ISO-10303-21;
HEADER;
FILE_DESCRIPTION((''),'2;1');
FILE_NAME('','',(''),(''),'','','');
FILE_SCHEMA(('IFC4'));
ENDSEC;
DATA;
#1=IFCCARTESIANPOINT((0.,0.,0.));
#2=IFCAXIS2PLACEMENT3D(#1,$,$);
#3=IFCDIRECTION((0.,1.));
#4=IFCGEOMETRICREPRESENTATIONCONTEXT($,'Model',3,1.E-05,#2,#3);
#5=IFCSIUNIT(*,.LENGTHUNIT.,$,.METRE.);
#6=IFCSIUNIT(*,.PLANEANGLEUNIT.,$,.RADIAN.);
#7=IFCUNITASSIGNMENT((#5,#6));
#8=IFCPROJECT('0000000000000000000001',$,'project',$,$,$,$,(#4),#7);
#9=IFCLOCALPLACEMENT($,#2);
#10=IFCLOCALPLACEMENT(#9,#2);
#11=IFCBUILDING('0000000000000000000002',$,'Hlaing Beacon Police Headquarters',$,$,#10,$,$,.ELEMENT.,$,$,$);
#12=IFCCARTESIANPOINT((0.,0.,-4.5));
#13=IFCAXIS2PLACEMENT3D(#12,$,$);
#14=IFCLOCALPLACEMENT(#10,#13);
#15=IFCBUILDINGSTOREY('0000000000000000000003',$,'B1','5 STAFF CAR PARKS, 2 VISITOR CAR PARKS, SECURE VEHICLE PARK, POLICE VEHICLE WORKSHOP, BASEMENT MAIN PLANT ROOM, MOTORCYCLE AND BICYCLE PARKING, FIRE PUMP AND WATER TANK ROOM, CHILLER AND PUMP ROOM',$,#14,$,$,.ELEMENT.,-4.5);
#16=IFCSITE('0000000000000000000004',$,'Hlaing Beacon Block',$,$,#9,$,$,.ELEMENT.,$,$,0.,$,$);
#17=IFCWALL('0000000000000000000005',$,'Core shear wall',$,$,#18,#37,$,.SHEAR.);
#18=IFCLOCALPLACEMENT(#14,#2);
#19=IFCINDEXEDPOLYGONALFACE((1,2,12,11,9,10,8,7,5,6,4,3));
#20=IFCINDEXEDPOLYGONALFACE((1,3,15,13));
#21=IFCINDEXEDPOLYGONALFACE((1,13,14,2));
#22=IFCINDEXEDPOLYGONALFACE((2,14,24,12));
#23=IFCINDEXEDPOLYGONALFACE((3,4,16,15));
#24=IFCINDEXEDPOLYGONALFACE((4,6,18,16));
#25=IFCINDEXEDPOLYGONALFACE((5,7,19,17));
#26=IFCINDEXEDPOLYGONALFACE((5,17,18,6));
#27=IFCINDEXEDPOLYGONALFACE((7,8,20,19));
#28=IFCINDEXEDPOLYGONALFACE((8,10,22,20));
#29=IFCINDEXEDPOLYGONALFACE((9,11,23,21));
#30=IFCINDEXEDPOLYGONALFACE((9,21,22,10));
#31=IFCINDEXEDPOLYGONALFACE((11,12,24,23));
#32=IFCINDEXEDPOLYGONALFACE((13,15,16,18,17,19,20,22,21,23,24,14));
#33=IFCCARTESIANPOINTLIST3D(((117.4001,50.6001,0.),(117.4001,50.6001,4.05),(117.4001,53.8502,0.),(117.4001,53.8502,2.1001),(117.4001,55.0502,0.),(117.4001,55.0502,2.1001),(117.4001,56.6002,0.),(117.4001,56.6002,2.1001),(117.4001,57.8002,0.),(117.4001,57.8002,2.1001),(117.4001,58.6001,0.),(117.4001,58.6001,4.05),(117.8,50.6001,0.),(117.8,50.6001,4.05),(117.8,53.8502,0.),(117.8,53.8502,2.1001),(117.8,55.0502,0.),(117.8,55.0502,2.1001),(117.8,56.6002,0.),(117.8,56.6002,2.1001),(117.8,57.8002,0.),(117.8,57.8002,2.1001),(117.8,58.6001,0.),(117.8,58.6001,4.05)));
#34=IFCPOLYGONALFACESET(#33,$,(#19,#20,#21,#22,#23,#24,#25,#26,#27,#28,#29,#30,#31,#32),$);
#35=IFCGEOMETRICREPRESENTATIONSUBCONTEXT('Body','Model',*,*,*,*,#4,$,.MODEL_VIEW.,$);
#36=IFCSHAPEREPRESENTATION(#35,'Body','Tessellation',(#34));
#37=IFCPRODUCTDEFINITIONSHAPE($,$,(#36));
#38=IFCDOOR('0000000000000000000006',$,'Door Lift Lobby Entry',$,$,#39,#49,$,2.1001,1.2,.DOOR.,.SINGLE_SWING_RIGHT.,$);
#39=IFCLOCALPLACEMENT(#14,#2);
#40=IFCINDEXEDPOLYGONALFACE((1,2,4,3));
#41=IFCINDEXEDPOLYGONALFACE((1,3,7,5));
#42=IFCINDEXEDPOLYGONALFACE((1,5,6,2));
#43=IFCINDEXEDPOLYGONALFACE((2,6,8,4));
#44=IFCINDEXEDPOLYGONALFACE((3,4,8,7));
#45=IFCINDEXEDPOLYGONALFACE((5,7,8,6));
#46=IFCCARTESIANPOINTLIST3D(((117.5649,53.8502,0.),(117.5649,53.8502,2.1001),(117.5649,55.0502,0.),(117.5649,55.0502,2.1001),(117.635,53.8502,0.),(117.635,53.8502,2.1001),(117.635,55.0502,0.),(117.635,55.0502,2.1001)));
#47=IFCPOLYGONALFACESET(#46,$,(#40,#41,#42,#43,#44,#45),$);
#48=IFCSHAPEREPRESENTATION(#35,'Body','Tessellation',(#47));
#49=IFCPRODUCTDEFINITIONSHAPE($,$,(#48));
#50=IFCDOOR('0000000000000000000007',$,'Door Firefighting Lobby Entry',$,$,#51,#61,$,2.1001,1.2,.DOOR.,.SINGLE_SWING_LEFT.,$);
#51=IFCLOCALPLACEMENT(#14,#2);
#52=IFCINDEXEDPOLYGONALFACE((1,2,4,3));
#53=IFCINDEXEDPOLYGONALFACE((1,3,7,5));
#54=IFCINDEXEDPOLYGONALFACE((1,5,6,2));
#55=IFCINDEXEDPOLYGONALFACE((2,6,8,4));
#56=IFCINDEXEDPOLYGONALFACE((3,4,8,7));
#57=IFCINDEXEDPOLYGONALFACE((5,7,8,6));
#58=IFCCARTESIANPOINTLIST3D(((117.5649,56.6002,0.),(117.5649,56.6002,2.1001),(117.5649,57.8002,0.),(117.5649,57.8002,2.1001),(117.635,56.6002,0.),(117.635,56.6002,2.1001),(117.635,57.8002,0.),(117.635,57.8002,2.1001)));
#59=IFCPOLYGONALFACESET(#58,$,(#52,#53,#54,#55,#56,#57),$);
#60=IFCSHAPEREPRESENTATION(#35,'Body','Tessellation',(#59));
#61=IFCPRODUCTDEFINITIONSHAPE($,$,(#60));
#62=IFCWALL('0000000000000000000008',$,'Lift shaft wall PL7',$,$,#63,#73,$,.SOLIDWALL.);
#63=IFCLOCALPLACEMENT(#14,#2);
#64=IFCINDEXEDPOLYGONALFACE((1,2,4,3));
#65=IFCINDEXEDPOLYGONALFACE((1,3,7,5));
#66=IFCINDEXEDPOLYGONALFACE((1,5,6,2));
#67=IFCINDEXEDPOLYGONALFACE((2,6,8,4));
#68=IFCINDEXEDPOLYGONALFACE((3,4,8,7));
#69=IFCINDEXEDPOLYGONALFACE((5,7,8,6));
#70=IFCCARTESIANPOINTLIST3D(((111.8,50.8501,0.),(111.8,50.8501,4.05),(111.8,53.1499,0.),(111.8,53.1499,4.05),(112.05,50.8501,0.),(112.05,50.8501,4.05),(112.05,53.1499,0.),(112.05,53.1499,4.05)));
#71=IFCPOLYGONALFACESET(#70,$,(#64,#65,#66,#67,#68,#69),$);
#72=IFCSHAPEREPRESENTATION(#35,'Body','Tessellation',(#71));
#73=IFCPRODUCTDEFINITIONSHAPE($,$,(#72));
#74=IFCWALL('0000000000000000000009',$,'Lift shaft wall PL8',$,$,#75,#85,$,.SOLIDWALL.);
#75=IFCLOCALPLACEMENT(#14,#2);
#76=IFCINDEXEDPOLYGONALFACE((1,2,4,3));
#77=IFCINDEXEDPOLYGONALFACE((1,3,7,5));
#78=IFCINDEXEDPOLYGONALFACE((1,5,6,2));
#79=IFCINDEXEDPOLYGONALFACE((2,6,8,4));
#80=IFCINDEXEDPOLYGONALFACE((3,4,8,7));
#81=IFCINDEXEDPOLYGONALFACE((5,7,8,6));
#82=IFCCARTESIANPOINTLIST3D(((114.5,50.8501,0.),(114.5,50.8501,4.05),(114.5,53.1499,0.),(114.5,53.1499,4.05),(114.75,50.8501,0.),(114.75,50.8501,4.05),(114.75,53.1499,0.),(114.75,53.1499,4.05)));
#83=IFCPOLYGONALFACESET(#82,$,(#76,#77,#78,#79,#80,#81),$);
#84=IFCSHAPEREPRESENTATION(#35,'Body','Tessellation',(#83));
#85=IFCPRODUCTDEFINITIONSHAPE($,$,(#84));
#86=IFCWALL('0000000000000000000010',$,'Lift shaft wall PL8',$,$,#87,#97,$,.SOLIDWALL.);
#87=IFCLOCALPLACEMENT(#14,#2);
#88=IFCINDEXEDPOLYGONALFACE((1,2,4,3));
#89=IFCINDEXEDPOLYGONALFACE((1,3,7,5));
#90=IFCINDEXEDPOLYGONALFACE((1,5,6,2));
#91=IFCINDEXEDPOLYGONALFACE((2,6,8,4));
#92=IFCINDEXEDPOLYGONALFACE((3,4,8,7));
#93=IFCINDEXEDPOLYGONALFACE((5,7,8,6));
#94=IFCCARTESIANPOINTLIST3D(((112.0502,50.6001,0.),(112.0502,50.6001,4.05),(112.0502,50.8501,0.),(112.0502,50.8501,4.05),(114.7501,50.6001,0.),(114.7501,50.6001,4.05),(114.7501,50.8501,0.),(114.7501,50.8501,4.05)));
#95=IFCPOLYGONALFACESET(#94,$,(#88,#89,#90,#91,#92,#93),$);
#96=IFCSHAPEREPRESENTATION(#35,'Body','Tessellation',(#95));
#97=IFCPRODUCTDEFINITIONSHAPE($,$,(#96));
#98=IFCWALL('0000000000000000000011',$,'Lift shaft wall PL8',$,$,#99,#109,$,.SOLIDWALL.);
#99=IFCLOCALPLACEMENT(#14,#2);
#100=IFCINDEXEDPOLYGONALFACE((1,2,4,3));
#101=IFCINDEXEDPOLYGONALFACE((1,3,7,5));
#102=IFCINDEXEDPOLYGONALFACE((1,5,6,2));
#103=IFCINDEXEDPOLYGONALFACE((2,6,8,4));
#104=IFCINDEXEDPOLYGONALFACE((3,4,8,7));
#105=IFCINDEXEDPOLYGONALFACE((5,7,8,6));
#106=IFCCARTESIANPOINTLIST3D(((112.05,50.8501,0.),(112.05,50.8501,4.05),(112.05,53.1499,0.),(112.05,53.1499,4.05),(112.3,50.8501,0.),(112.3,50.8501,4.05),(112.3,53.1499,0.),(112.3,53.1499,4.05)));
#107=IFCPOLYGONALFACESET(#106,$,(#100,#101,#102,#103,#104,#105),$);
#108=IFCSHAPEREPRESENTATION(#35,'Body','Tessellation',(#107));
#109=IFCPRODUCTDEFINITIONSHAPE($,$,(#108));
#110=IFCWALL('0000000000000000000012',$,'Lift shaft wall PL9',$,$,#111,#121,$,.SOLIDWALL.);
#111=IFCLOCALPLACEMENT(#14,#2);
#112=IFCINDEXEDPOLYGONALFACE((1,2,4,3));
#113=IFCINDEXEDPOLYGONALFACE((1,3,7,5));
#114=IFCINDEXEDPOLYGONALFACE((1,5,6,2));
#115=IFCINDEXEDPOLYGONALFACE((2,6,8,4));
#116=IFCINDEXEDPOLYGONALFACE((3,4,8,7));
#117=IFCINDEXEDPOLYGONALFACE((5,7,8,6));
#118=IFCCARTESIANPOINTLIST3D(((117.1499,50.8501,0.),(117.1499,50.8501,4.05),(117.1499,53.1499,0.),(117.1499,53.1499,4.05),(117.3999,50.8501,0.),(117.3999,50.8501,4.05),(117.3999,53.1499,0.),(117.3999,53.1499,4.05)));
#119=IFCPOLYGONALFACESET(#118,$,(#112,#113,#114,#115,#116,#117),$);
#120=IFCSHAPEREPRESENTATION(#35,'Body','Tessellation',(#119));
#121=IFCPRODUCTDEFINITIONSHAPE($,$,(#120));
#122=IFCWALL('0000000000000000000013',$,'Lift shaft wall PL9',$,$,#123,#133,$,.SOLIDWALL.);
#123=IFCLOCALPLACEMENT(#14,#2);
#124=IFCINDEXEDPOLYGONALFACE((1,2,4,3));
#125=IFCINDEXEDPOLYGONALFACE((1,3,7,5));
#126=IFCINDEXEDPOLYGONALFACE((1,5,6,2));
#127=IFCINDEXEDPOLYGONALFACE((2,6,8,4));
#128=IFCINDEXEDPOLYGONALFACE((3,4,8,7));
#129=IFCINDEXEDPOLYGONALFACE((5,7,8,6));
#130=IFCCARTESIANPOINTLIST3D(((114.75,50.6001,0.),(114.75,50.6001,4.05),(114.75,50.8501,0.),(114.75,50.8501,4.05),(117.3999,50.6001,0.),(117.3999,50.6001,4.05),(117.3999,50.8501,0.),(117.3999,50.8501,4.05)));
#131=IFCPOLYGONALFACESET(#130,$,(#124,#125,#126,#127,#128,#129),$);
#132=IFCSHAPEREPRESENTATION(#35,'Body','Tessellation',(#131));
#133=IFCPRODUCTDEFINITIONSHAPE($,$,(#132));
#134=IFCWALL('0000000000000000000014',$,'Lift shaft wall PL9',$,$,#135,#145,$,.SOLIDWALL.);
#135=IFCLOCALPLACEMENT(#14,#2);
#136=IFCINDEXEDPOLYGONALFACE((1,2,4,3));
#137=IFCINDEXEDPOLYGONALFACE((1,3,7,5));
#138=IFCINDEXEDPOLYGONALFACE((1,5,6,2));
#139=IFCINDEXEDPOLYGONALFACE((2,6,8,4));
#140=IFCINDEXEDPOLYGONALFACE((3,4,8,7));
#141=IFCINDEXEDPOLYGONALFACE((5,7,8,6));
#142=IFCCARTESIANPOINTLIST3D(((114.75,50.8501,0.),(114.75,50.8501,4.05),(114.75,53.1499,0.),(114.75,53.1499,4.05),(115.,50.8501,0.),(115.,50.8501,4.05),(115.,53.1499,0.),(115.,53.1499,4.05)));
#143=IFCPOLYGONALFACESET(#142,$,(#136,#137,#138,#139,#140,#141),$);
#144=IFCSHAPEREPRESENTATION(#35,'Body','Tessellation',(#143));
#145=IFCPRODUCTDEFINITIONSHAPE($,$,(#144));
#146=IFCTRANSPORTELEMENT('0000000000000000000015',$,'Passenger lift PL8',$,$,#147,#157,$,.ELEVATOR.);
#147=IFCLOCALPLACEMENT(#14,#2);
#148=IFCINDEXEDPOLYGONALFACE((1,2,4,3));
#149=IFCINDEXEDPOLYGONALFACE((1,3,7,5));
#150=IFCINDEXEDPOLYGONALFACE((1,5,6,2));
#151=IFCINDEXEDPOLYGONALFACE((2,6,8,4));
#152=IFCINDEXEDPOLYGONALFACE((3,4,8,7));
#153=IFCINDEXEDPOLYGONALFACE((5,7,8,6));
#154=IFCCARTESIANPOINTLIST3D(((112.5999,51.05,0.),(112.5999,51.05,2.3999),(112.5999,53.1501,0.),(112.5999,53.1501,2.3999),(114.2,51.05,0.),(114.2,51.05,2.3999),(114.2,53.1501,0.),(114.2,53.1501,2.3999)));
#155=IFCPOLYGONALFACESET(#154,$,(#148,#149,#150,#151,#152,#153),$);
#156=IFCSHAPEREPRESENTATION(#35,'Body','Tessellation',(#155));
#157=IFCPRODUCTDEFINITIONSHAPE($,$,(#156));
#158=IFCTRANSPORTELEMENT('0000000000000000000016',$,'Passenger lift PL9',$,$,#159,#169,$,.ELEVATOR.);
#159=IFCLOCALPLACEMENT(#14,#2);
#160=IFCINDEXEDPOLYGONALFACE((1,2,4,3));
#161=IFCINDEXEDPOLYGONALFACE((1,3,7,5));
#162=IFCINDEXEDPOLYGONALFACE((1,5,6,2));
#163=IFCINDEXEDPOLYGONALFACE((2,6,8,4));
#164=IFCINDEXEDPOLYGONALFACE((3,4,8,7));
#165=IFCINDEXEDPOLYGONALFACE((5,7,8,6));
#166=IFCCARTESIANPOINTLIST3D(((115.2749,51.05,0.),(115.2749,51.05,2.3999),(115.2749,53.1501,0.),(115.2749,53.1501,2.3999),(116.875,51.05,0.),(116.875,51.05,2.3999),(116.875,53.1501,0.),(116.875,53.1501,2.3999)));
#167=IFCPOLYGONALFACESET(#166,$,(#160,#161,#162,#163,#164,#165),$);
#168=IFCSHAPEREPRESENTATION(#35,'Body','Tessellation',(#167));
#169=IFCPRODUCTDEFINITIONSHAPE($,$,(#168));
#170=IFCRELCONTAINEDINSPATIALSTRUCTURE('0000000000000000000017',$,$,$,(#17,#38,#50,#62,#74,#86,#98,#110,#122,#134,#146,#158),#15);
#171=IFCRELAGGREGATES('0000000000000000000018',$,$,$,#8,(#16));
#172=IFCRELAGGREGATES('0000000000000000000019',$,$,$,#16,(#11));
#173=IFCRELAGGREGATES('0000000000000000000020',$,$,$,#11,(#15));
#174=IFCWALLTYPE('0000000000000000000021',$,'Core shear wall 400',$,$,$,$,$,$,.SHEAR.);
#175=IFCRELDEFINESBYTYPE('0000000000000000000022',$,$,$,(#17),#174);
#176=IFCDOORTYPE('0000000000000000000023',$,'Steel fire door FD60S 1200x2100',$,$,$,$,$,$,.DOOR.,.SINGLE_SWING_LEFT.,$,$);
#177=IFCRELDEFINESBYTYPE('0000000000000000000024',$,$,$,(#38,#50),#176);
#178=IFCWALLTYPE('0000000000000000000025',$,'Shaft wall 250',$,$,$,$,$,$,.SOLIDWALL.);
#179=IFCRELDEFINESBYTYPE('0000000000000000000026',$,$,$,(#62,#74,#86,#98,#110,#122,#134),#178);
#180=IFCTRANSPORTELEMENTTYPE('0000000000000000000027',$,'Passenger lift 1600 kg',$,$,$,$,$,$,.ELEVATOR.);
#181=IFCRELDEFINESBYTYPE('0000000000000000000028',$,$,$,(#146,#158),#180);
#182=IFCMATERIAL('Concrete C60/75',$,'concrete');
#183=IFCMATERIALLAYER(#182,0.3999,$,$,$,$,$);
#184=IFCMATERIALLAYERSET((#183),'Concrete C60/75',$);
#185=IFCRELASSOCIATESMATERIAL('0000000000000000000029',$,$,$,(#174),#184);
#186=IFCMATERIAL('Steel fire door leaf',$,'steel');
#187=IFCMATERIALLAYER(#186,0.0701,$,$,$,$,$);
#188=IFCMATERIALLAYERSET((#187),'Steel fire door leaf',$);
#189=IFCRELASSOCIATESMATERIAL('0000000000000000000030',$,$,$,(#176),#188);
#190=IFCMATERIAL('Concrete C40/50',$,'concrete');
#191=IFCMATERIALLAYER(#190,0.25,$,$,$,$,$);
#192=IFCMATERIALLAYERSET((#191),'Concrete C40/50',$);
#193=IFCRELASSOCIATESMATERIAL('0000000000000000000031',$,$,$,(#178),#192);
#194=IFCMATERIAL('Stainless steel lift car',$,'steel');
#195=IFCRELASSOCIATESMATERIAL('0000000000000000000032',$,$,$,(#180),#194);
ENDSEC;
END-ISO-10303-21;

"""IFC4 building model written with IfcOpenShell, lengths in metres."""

from ifc_helpers import new_model, si_unit, direction, frame, frame_2d, origin, origin_2d, place, context, subcontext, project, spatial, rectangle, extrude, material, layer, layer_set, type_object, element, fill, save


model = new_model("IFC4")

# Units and contexts
model_context = context("Model", 3, precision=1e-05, world=origin(), true_north=direction((0.0, 1.0)))
body_context = subcontext(model_context, "Body", "Model", "MODEL_VIEW")
ifc_project = project(units=[si_unit("LENGTHUNIT", "METRE"), si_unit("PLANEANGLEUNIT", "RADIAN")], contexts=[model_context])

# Site, building, storey
site_placement = place(None, origin())
site = spatial("IfcSite", under=ifc_project, at=site_placement, Name="Hlaing Beacon Block", CompositionType="ELEMENT", RefElevation=0.0)
building_placement = place(site_placement, origin())
building = spatial("IfcBuilding", under=site, at=building_placement, Name="Hlaing Beacon Police Headquarters", CompositionType="ELEMENT")
storey_placement = place(building_placement, frame((0.0, 0.0, -4.5)))
storey = spatial("IfcBuildingStorey", under=building, at=storey_placement, Name="B1", Description="5 STAFF CAR PARKS, 2 VISITOR CAR PARKS, SECURE VEHICLE PARK, POLICE VEHICLE WORKSHOP, BASEMENT MAIN PLANT ROOM, MOTORCYCLE AND BICYCLE PARKING, FIRE PUMP AND WATER TANK ROOM, CHILLER AND PUMP ROOM", CompositionType="ELEMENT", Elevation=-4.5)

# Wall, openings, doors
ifc_material_1 = material(Name="Concrete C60/75", Category="concrete")
ifc_layer_1 = layer(ifc_material_1, 0.3999)
ifc_layer_set_1 = layer_set([ifc_layer_1], Name="Concrete C60/75")
wall_type_1 = type_object("IfcWallType", Name="Core shear wall 400", PredefinedType="SHEAR", material=ifc_layer_set_1)
wall_1_placement = place(storey_placement, frame((117.6001, 50.6001, 0.0), z_axis=(0.0, 0.0, 1.0), x_axis=(0.0, 1.0, 0.0)))
wall_1 = element("IfcWall", 1, at=wall_1_placement, inside=storey, type_object=wall_type_1, Name="Core shear wall", PredefinedType="SHEAR", context=body_context, shape_type="SweptSolid", body=[
    extrude(rectangle(XDim=8.0, YDim=0.3999, at=frame_2d((4.0, 0.0))), origin(), (0.0, 0.0, 1.0), 4.05),
])
opening_1_placement = place(wall_1_placement, frame((3.25, 0.0, 0.0)))
opening_1 = element("IfcOpeningElement", 2, at=opening_1_placement, cuts=wall_1, PredefinedType="OPENING", context=body_context, shape_type="SweptSolid", body=[
    extrude(rectangle(XDim=1.2, YDim=2.1001, at=frame_2d((0.6001, 1.05))), frame((0.0, 0.21, 0.0), z_axis=(0.0, -1.0, 0.0), x_axis=(1.0, 0.0, 0.0)), (0.0, 0.0, 1.0), 0.4199),
])
opening_2_placement = place(wall_1_placement, frame((6.0, 0.0, 0.0)))
opening_2 = element("IfcOpeningElement", 3, at=opening_2_placement, cuts=wall_1, PredefinedType="OPENING", context=body_context, shape_type="SweptSolid", body=[
    extrude(rectangle(XDim=1.2, YDim=2.1001, at=frame_2d((0.6001, 1.05))), frame((0.0, 0.21, 0.0), z_axis=(0.0, -1.0, 0.0), x_axis=(1.0, 0.0, 0.0)), (0.0, 0.0, 1.0), 0.4199),
])
ifc_material_2 = material(Name="Steel fire door leaf", Category="steel")
ifc_layer_2 = layer(ifc_material_2, 0.0701)
ifc_layer_set_2 = layer_set([ifc_layer_2], Name="Steel fire door leaf")
door_type = type_object("IfcDoorType", Name="Steel fire door FD60S 1200x2100", OperationType="SINGLE_SWING_LEFT", PredefinedType="DOOR", material=ifc_layer_set_2)
door_1_placement = place(opening_1_placement, origin())
door_1 = element("IfcDoor", 4, at=door_1_placement, inside=storey, type_object=door_type, Name="Door Lift Lobby Entry", OperationType="SINGLE_SWING_RIGHT", OverallHeight=2.1001, OverallWidth=1.2, PredefinedType="DOOR", context=body_context, shape_type="SweptSolid", body=[
    extrude(rectangle(XDim=1.2, YDim=2.1001, at=frame_2d((0.6001, 1.05))), frame((0.0, 0.0352, 0.0), z_axis=(0.0, -1.0, 0.0), x_axis=(1.0, 0.0, 0.0)), (0.0, 0.0, 1.0), 0.0701),
])
fill(opening_1, door_1)
door_2_placement = place(opening_2_placement, origin())
door_2 = element("IfcDoor", 5, at=door_2_placement, inside=storey, type_object=door_type, Name="Door Firefighting Lobby Entry", OperationType="SINGLE_SWING_LEFT", OverallHeight=2.1001, OverallWidth=1.2, PredefinedType="DOOR", context=body_context, shape_type="SweptSolid", body=[
    extrude(rectangle(XDim=1.2, YDim=2.1001, at=frame_2d((0.6001, 1.05))), frame((0.0, 0.0352, 0.0), z_axis=(0.0, -1.0, 0.0), x_axis=(1.0, 0.0, 0.0)), (0.0, 0.0, 1.0), 0.0701),
])
fill(opening_2, door_2)

# Walls
ifc_material_3 = material(Name="Concrete C40/50", Category="concrete")
ifc_layer_3 = layer(ifc_material_3, 0.25)
ifc_layer_set_3 = layer_set([ifc_layer_3], Name="Concrete C40/50")
wall_type_2 = type_object("IfcWallType", Name="Shaft wall 250", PredefinedType="SOLIDWALL", material=ifc_layer_set_3)
for number, where, z_axis, x_axis, name in (
    (6, (111.925, 50.8501, 0.0), (0.0, 0.0, 1.0), (0.0, 1.0, 0.0), "Lift shaft wall PL7"),
    (7, (114.625, 50.8501, 0.0), (0.0, 0.0, 1.0), (0.0, 1.0, 0.0), "Lift shaft wall PL8"),
):
    element("IfcWall", number, at=place(storey_placement, frame(where, z_axis=z_axis, x_axis=x_axis)), inside=storey, type_object=wall_type_2, Name=name, PredefinedType="SOLIDWALL", context=body_context, shape_type="SweptSolid", body=[
        extrude(rectangle(XDim=2.2998, YDim=0.25, at=frame_2d((1.1499, 0.0))), origin(), (0.0, 0.0, 1.0), 4.05),
    ])
wall_2_placement = place(storey_placement, frame((112.05, 50.7251, 0.0), z_axis=(0.0, 0.0, 1.0), x_axis=(1.0, 0.0, 0.0)))
element("IfcWall", 8, at=wall_2_placement, inside=storey, type_object=wall_type_2, Name="Lift shaft wall PL8", PredefinedType="SOLIDWALL", context=body_context, shape_type="SweptSolid", body=[
    extrude(rectangle(XDim=2.7, YDim=0.25, at=frame_2d((1.3501, 0.0))), origin(), (0.0, 0.0, 1.0), 4.05),
])
for number, where, z_axis, x_axis, name in (
    (9, (112.175, 50.8501, 0.0), (0.0, 0.0, 1.0), (0.0, 1.0, 0.0), "Lift shaft wall PL8"),
    (10, (117.2749, 50.8501, 0.0), (0.0, 0.0, 1.0), (0.0, 1.0, 0.0), "Lift shaft wall PL9"),
):
    element("IfcWall", number, at=place(storey_placement, frame(where, z_axis=z_axis, x_axis=x_axis)), inside=storey, type_object=wall_type_2, Name=name, PredefinedType="SOLIDWALL", context=body_context, shape_type="SweptSolid", body=[
        extrude(rectangle(XDim=2.2998, YDim=0.25, at=frame_2d((1.1499, 0.0))), origin(), (0.0, 0.0, 1.0), 4.05),
    ])
wall_3_placement = place(storey_placement, frame((114.75, 50.7251, 0.0), z_axis=(0.0, 0.0, 1.0), x_axis=(1.0, 0.0, 0.0)))
element("IfcWall", 11, at=wall_3_placement, inside=storey, type_object=wall_type_2, Name="Lift shaft wall PL9", PredefinedType="SOLIDWALL", context=body_context, shape_type="SweptSolid", body=[
    extrude(rectangle(XDim=2.6499, YDim=0.25, at=frame_2d((1.325, 0.0))), origin(), (0.0, 0.0, 1.0), 4.05),
])
wall_4_placement = place(storey_placement, frame((114.875, 50.8501, 0.0), z_axis=(0.0, 0.0, 1.0), x_axis=(0.0, 1.0, 0.0)))
element("IfcWall", 12, at=wall_4_placement, inside=storey, type_object=wall_type_2, Name="Lift shaft wall PL9", PredefinedType="SOLIDWALL", context=body_context, shape_type="SweptSolid", body=[
    extrude(rectangle(XDim=2.2998, YDim=0.25, at=frame_2d((1.1499, 0.0))), origin(), (0.0, 0.0, 1.0), 4.05),
])

# Transport elements
ifc_material_4 = material(Name="Stainless steel lift car", Category="steel")
transport_element_type = type_object("IfcTransportElementType", Name="Passenger lift 1600 kg", PredefinedType="ELEVATOR", material=ifc_material_4)
for number, where, z_axis, x_axis, name in (
    (13, (113.3999, 52.1001, 0.0), (0.0, 0.0, 1.0), (1.0, 0.0, 0.0), "Passenger lift PL8"),
    (14, (116.075, 52.1001, 0.0), (0.0, 0.0, 1.0), (1.0, 0.0, 0.0), "Passenger lift PL9"),
):
    element("IfcTransportElement", number, at=place(storey_placement, frame(where, z_axis=z_axis, x_axis=x_axis)), inside=storey, type_object=transport_element_type, Name=name, PredefinedType="ELEVATOR", context=body_context, shape_type="SweptSolid", body=[
        extrude(rectangle(XDim=1.6001, YDim=2.1001, at=origin_2d()), origin(), (0.0, 0.0, 1.0), 2.3999),
    ])

save(model, "model.ifc")
